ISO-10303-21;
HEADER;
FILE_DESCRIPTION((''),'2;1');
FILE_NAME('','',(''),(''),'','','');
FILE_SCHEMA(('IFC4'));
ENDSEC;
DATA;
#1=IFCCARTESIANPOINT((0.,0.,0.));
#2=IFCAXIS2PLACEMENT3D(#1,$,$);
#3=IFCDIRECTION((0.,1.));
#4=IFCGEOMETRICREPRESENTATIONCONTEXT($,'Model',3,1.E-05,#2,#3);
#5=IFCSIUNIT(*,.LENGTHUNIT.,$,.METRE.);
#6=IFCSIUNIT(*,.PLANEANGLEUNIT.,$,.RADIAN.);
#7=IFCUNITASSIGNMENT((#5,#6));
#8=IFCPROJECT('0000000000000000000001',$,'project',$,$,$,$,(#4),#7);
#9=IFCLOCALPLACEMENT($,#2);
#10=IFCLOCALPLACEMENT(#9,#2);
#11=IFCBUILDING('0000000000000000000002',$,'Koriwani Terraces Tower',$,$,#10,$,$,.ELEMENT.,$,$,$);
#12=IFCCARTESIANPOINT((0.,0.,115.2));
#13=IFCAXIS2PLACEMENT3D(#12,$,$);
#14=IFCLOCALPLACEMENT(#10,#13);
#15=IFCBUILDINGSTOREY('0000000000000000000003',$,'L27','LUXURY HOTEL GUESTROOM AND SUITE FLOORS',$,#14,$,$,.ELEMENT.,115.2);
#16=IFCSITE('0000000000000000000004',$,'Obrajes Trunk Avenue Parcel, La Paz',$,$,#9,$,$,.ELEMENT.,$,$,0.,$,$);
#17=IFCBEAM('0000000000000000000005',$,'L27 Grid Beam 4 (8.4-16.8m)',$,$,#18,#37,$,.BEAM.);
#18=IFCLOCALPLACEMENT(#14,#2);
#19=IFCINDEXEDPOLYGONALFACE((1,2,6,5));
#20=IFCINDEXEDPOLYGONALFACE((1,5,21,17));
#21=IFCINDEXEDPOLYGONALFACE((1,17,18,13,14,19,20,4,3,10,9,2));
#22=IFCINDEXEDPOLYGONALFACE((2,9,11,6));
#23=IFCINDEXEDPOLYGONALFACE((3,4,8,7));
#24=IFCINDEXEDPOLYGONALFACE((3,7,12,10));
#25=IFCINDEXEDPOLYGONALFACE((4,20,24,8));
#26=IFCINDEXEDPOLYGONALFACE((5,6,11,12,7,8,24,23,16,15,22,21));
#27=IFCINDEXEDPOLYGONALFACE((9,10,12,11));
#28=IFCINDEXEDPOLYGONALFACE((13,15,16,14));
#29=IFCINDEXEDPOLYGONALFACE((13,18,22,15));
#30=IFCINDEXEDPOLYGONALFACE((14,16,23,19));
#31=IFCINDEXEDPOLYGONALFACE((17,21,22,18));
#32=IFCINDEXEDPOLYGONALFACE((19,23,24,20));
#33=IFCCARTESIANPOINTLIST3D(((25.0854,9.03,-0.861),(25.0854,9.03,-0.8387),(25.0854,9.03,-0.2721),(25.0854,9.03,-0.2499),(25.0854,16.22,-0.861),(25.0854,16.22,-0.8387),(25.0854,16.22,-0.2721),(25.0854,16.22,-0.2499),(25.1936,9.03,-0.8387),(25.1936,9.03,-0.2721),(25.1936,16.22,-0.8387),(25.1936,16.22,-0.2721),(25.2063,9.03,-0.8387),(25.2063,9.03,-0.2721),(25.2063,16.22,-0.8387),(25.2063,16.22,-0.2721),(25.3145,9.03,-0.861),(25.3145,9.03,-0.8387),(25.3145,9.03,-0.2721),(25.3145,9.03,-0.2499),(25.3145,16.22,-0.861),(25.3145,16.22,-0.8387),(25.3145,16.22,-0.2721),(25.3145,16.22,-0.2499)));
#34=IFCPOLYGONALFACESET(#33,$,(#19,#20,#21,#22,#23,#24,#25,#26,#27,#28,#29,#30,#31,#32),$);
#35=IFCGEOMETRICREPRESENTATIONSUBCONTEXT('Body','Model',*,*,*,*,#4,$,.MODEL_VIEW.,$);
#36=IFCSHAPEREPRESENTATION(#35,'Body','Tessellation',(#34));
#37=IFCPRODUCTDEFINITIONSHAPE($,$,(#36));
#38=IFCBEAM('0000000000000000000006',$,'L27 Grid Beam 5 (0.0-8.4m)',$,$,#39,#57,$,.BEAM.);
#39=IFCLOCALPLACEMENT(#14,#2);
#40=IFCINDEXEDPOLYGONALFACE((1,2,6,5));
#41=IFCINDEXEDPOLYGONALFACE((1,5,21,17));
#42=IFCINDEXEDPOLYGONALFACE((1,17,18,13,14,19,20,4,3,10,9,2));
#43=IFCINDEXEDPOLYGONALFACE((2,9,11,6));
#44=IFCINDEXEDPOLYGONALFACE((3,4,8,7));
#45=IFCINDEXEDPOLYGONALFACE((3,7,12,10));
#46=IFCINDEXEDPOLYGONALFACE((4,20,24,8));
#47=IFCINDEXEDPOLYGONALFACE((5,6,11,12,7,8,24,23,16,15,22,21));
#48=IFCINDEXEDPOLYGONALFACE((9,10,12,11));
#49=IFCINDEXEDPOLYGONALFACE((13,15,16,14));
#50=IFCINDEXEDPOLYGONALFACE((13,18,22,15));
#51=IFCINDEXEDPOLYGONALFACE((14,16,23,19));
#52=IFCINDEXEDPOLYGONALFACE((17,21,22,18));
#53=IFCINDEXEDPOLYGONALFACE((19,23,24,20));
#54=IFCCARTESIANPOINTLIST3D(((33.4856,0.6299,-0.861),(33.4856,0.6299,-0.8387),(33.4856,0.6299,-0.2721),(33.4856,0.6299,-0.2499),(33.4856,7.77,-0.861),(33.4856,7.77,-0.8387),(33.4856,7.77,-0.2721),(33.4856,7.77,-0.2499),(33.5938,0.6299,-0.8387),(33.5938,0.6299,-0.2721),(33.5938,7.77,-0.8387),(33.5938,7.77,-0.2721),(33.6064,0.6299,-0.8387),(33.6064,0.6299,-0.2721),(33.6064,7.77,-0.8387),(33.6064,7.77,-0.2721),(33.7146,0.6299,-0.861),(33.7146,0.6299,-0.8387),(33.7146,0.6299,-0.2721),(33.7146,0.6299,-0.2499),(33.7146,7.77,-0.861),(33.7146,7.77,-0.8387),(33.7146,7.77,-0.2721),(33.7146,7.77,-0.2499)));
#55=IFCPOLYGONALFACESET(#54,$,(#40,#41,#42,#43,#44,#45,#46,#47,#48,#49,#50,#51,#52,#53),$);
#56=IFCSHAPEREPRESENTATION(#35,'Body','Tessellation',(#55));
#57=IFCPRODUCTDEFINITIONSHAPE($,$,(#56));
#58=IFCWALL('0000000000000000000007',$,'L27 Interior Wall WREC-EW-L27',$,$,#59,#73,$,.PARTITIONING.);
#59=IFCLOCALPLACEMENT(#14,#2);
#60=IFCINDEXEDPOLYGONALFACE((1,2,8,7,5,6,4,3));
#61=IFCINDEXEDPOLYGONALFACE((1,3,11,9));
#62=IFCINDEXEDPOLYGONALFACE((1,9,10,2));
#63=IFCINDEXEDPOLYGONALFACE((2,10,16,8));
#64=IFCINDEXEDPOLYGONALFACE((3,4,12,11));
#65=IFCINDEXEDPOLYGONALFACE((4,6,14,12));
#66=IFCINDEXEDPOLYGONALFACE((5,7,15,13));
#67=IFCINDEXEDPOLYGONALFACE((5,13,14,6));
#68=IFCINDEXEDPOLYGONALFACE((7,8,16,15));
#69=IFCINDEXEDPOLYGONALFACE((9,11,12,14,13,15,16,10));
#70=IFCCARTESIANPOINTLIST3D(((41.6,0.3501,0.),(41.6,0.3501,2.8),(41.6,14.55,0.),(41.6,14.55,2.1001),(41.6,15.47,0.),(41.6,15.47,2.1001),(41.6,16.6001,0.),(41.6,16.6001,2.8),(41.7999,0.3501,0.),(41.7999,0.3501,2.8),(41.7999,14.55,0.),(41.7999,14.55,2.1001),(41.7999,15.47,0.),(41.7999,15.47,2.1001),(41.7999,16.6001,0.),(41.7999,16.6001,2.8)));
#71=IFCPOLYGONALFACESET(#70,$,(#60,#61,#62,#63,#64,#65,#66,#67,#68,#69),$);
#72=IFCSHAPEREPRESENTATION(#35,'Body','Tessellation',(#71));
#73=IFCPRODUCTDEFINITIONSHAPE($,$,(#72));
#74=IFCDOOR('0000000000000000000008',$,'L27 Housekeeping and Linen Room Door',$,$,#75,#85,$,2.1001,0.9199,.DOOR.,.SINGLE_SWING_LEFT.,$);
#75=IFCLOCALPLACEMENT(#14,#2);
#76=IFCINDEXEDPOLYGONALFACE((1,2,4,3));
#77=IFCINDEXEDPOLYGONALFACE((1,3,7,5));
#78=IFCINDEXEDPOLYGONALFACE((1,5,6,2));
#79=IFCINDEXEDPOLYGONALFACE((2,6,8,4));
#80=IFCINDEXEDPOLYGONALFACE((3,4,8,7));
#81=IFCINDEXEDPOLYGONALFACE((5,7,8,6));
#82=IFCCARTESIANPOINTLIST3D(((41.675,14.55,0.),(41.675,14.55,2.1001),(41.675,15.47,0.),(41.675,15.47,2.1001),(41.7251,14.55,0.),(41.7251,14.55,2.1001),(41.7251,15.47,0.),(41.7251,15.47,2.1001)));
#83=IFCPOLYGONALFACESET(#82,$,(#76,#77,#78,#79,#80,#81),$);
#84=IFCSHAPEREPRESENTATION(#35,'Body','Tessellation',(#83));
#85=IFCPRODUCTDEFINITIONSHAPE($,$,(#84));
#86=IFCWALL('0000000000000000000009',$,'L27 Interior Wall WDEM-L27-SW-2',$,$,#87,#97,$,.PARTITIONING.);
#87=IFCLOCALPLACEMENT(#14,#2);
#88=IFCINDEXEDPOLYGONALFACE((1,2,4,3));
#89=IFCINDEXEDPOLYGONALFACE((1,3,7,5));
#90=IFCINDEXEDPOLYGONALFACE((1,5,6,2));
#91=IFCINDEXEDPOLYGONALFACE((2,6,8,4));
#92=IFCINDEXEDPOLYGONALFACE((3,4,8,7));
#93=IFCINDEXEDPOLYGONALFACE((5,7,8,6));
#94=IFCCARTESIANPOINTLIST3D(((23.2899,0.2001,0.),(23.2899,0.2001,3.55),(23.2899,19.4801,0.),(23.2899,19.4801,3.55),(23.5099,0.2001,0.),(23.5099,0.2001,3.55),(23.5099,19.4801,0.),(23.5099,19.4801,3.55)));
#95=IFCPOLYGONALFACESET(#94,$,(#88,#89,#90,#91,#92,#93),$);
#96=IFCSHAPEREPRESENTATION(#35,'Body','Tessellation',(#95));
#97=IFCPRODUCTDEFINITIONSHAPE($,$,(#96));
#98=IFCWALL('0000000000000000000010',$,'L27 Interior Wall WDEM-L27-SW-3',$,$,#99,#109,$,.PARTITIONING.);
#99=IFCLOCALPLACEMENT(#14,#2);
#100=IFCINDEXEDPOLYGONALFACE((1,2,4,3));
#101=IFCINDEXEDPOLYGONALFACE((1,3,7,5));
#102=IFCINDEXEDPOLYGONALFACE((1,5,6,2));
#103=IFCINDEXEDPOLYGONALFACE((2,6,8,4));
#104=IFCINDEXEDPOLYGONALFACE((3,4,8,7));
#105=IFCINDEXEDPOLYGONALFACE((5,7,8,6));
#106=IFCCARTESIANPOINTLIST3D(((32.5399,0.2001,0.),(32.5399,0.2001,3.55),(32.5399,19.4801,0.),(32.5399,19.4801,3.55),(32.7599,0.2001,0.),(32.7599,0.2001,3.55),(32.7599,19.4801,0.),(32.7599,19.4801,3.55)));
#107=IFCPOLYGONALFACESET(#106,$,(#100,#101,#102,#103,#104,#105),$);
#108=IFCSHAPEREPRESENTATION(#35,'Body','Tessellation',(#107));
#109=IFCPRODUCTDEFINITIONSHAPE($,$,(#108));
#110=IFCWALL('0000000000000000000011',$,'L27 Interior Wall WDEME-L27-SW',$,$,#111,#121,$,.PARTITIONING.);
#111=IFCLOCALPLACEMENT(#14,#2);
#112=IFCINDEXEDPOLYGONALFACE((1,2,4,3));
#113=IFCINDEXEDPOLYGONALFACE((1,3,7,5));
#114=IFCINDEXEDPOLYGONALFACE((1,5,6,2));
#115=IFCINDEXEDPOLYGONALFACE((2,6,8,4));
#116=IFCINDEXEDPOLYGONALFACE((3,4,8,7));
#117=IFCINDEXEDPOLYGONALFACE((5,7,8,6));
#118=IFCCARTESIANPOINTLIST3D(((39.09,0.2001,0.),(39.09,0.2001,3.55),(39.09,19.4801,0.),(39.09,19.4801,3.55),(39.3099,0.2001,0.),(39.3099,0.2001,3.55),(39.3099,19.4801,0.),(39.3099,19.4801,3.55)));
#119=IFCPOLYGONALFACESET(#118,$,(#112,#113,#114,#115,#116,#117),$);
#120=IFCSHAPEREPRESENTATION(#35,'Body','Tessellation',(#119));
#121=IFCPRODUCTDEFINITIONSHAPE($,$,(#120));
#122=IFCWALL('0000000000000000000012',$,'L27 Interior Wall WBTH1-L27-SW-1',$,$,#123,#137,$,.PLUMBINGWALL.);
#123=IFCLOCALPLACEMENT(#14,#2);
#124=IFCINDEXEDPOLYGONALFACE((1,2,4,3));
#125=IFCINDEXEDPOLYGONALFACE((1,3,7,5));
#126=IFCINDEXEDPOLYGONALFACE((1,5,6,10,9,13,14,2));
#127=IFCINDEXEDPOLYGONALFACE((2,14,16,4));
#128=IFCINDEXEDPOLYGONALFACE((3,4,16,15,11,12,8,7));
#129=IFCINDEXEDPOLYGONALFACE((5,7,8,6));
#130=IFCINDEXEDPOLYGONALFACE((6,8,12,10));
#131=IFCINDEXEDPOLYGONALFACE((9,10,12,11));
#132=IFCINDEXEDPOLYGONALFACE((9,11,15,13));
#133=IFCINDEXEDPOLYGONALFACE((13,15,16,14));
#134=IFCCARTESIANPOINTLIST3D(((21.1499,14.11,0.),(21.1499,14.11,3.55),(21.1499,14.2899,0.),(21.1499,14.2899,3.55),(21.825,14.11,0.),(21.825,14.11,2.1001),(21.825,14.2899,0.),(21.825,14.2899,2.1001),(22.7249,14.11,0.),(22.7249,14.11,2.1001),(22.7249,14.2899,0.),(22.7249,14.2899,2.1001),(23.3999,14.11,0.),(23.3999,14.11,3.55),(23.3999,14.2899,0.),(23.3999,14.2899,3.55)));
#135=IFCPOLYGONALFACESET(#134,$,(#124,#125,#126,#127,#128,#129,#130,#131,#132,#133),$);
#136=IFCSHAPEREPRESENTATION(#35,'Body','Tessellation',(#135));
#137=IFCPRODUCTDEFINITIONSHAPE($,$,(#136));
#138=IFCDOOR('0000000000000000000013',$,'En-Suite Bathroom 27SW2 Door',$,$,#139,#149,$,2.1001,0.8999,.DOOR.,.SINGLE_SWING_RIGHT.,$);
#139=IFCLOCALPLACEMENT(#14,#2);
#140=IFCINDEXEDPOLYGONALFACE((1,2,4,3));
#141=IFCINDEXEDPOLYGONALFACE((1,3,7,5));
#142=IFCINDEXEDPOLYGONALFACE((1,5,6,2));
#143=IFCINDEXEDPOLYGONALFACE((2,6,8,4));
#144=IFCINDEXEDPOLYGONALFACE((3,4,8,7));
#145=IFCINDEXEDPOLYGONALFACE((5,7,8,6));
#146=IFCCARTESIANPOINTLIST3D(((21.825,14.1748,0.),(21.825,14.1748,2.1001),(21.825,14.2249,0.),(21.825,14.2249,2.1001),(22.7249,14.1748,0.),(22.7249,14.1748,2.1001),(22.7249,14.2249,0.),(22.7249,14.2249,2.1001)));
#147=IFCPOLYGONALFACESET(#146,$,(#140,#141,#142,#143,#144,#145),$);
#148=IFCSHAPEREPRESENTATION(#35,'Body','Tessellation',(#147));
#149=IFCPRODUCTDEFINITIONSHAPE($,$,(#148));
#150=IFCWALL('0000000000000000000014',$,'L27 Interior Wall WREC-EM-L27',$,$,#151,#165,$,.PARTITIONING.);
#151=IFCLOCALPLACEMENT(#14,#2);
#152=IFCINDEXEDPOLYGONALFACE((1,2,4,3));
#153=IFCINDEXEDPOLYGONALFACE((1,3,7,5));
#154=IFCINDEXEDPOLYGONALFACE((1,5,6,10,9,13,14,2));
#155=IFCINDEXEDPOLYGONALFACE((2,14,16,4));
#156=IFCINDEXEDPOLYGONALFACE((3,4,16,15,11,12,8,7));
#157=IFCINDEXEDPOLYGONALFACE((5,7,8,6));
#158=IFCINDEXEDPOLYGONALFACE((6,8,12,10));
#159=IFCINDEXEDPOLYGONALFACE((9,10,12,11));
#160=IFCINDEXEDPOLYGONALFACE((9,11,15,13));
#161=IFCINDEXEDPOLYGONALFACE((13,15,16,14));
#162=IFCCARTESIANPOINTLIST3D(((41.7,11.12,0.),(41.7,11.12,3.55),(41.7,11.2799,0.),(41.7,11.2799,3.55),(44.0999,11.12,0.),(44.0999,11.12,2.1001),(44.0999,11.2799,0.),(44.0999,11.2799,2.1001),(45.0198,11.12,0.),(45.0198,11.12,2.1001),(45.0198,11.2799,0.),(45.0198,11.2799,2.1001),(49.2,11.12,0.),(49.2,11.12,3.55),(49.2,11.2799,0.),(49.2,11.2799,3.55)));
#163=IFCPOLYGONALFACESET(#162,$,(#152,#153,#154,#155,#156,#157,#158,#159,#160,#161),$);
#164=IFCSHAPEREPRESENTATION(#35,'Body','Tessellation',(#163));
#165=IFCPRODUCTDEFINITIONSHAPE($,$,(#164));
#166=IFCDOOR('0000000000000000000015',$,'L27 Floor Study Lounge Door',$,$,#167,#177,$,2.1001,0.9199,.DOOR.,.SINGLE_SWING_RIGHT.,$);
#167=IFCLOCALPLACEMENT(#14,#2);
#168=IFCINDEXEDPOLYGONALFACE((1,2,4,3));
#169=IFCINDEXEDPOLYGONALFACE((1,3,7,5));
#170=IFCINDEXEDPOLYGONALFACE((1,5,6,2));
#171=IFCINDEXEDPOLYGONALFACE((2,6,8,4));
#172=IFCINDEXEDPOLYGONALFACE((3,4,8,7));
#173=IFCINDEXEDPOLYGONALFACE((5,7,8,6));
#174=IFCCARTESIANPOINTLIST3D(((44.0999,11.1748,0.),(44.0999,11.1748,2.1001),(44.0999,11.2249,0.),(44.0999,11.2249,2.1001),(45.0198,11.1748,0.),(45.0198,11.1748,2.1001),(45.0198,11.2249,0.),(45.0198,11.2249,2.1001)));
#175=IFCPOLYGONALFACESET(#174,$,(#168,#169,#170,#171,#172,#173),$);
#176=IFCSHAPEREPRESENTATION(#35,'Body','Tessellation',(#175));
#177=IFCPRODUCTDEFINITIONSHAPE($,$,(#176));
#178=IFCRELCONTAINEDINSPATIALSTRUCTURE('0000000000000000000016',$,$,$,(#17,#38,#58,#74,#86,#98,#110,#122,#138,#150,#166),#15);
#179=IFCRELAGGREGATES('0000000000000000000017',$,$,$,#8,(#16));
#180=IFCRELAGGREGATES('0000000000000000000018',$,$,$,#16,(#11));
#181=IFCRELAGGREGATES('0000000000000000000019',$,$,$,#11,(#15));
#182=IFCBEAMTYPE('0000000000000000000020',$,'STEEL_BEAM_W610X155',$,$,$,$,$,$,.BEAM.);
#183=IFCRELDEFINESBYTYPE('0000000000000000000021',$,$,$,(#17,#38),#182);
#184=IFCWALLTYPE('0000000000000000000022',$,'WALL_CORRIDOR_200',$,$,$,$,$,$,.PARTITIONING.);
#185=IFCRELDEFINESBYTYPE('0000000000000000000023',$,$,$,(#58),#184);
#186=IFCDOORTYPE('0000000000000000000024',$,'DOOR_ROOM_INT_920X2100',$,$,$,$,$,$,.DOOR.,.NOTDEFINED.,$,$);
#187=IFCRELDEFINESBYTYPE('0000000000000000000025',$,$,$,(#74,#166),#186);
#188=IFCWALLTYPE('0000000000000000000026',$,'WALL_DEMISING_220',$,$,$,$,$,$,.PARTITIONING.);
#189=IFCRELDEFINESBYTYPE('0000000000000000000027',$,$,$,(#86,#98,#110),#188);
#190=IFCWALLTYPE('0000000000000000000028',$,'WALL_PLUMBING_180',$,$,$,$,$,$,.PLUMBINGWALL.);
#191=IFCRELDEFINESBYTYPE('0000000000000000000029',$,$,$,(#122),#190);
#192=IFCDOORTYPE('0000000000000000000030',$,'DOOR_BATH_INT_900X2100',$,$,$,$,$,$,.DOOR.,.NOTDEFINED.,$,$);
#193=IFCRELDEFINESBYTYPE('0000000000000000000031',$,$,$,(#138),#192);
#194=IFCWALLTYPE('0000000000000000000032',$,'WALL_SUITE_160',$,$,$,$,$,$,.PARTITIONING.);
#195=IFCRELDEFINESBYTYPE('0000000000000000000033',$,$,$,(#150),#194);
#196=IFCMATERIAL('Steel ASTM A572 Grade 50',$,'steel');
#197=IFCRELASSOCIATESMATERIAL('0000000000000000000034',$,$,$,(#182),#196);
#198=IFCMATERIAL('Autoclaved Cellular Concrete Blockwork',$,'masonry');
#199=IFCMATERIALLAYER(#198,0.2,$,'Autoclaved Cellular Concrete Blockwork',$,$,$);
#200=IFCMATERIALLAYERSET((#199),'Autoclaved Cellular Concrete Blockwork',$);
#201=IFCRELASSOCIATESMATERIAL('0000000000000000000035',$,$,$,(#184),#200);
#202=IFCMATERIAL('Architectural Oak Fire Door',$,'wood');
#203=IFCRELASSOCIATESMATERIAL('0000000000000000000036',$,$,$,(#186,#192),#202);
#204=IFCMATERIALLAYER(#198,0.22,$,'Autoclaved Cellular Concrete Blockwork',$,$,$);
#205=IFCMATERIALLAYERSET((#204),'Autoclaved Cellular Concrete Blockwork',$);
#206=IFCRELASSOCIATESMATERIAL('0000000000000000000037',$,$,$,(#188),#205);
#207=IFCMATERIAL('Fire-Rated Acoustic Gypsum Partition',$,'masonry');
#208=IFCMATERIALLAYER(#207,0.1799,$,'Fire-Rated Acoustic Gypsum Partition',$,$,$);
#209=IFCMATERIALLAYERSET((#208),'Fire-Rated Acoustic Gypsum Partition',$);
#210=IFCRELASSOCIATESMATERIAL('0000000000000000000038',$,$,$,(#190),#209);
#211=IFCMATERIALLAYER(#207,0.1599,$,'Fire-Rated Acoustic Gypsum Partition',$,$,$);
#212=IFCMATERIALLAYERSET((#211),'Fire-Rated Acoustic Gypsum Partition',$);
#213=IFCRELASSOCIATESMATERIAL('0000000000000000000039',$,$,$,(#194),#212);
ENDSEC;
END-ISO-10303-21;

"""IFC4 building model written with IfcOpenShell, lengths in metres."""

from ifc_helpers import new_model, si_unit, direction, frame, frame_2d, origin, origin_2d, place, context, subcontext, project, spatial, rectangle, i_section, extrude, material, layer, layer_set, material_profile, profile_set, type_object, element, fill, save


model = new_model("IFC4")

# Units and contexts
model_context = context("Model", 3, precision=1e-05, world=origin(), true_north=direction((0.0, 1.0)))
body_context = subcontext(model_context, "Body", "Model", "MODEL_VIEW")
ifc_project = project(units=[si_unit("LENGTHUNIT", "METRE"), si_unit("PLANEANGLEUNIT", "RADIAN")], contexts=[model_context])

# Site, building, storey
site_placement = place(None, origin())
site = spatial("IfcSite", under=ifc_project, at=site_placement, Name="Obrajes Trunk Avenue Parcel, La Paz", CompositionType="ELEMENT", RefElevation=0.0)
building_placement = place(site_placement, origin())
building = spatial("IfcBuilding", under=site, at=building_placement, Name="Koriwani Terraces Tower", CompositionType="ELEMENT")
storey_placement = place(building_placement, frame((0.0, 0.0, 115.2)))
storey = spatial("IfcBuildingStorey", under=building, at=storey_placement, Name="L27", Description="LUXURY HOTEL GUESTROOM AND SUITE FLOORS", CompositionType="ELEMENT", Elevation=115.2)

# Beams
ifc_material_1 = material(Name="Steel ASTM A572 Grade 50", Category="steel")
ifc_material_profile_1 = material_profile(ifc_material_1, i_section(OverallWidth=0.229, OverallDepth=0.6111, WebThickness=0.0127, FlangeThickness=0.0222, at=origin_2d()), Name="Steel ASTM A572 Grade 50", Category="LoadBearing")
ifc_profile_set_1 = profile_set([ifc_material_profile_1], Name="Steel ASTM A572 Grade 50")
beam_type_1 = type_object("IfcBeamType", Name="STEEL_BEAM_W610X155", PredefinedType="BEAM", material=ifc_profile_set_1)
beam_1_placement = place(storey_placement, frame((25.2, 9.03, -0.5554), z_axis=(0.0, 1.0, 0.0), x_axis=(-1.0, 0.0, 0.0)))
element("IfcBeam", 1, at=beam_1_placement, inside=storey, type_object=beam_type_1, Name="L27 Grid Beam 4 (8.4-16.8m)", PredefinedType="BEAM", context=body_context, shape_type="SweptSolid", body=[
    extrude(i_section(OverallWidth=0.229, OverallDepth=0.6111, WebThickness=0.0127, FlangeThickness=0.0222, at=origin_2d()), origin(), (0.0, 0.0, 1.0), 7.1899),
])
beam_2_placement = place(storey_placement, frame((33.6001, 0.6299, -0.5554), z_axis=(0.0, 1.0, 0.0), x_axis=(-1.0, 0.0, 0.0)))
element("IfcBeam", 2, at=beam_2_placement, inside=storey, type_object=beam_type_1, Name="L27 Grid Beam 5 (0.0-8.4m)", PredefinedType="BEAM", context=body_context, shape_type="SweptSolid", body=[
    extrude(i_section(OverallWidth=0.229, OverallDepth=0.6111, WebThickness=0.0127, FlangeThickness=0.0222, at=origin_2d()), origin(), (0.0, 0.0, 1.0), 7.1401),
])

# Wall, opening, door
ifc_material_2 = material(Name="Autoclaved Cellular Concrete Blockwork", Category="masonry")
ifc_layer_1 = layer(ifc_material_2, 0.2, Name="Autoclaved Cellular Concrete Blockwork")
ifc_layer_set_1 = layer_set([ifc_layer_1], Name="Autoclaved Cellular Concrete Blockwork")
wall_type_1 = type_object("IfcWallType", Name="WALL_CORRIDOR_200", PredefinedType="PARTITIONING", material=ifc_layer_set_1)
wall_1_placement = place(storey_placement, frame((41.7, 0.3501, 0.0), z_axis=(0.0, 0.0, 1.0), x_axis=(0.0, 1.0, 0.0)))
wall_1 = element("IfcWall", 3, at=wall_1_placement, inside=storey, type_object=wall_type_1, Name="L27 Interior Wall WREC-EW-L27", PredefinedType="PARTITIONING", context=body_context, shape_type="SweptSolid", body=[
    extrude(rectangle(XDim=16.25, YDim=0.2, at=frame_2d((8.125, 0.0))), origin(), (0.0, 0.0, 1.0), 2.8),
])
opening_1_placement = place(wall_1_placement, frame((14.2, 0.0, 0.0)))
opening_1 = element("IfcOpeningElement", 4, at=opening_1_placement, cuts=wall_1, PredefinedType="OPENING", context=body_context, shape_type="SweptSolid", body=[
    extrude(rectangle(XDim=0.9199, YDim=2.1001, at=frame_2d((0.46, 1.05))), frame((0.0, 0.1099, 0.0), z_axis=(0.0, -1.0, 0.0), x_axis=(1.0, 0.0, 0.0)), (0.0, 0.0, 1.0), 0.22),
])
ifc_material_3 = material(Name="Architectural Oak Fire Door", Category="wood")
door_type_1 = type_object("IfcDoorType", Name="DOOR_ROOM_INT_920X2100", OperationType="NOTDEFINED", PredefinedType="DOOR", material=ifc_material_3)
door_1_placement = place(opening_1_placement, origin())
door_1 = element("IfcDoor", 5, at=door_1_placement, inside=storey, type_object=door_type_1, Name="L27 Housekeeping and Linen Room Door", OperationType="SINGLE_SWING_LEFT", OverallHeight=2.1001, OverallWidth=0.9199, PredefinedType="DOOR", context=body_context, shape_type="SweptSolid", body=[
    extrude(rectangle(XDim=0.9199, YDim=2.1001, at=frame_2d((0.46, 1.05))), frame((0.0, 0.0249, 0.0), z_axis=(0.0, -1.0, 0.0), x_axis=(1.0, 0.0, 0.0)), (0.0, 0.0, 1.0), 0.05),
])
fill(opening_1, door_1)

# Walls
ifc_layer_2 = layer(ifc_material_2, 0.22, Name="Autoclaved Cellular Concrete Blockwork")
ifc_layer_set_2 = layer_set([ifc_layer_2], Name="Autoclaved Cellular Concrete Blockwork")
wall_type_2 = type_object("IfcWallType", Name="WALL_DEMISING_220", PredefinedType="PARTITIONING", material=ifc_layer_set_2)
for number, where, z_axis, x_axis, name in (
    (6, (23.3999, 0.2, 0.0), (0.0, 0.0, 1.0), (0.0, 1.0, 0.0), "L27 Interior Wall WDEM-L27-SW-2"),
    (7, (32.6499, 0.2, 0.0), (0.0, 0.0, 1.0), (0.0, 1.0, 0.0), "L27 Interior Wall WDEM-L27-SW-3"),
    (8, (39.2, 0.2, 0.0), (0.0, 0.0, 1.0), (0.0, 1.0, 0.0), "L27 Interior Wall WDEME-L27-SW"),
):
    element("IfcWall", number, at=place(storey_placement, frame(where, z_axis=z_axis, x_axis=x_axis)), inside=storey, type_object=wall_type_2, Name=name, PredefinedType="PARTITIONING", context=body_context, shape_type="SweptSolid", body=[
        extrude(rectangle(XDim=19.28, YDim=0.22, at=frame_2d((9.6401, 0.0))), origin(), (0.0, 0.0, 1.0), 3.55),
    ])

# Walls, openings, doors
ifc_material_4 = material(Name="Fire-Rated Acoustic Gypsum Partition", Category="masonry")
ifc_layer_3 = layer(ifc_material_4, 0.1799, Name="Fire-Rated Acoustic Gypsum Partition")
ifc_layer_set_3 = layer_set([ifc_layer_3], Name="Fire-Rated Acoustic Gypsum Partition")
wall_type_3 = type_object("IfcWallType", Name="WALL_PLUMBING_180", PredefinedType="PLUMBINGWALL", material=ifc_layer_set_3)
wall_2_placement = place(storey_placement, frame((21.1499, 14.2, 0.0), z_axis=(0.0, 0.0, 1.0), x_axis=(1.0, 0.0, 0.0)))
wall_2 = element("IfcWall", 9, at=wall_2_placement, inside=storey, type_object=wall_type_3, Name="L27 Interior Wall WBTH1-L27-SW-1", PredefinedType="PLUMBINGWALL", context=body_context, shape_type="SweptSolid", body=[
    extrude(rectangle(XDim=2.25, YDim=0.1799, at=frame_2d((1.125, 0.0))), origin(), (0.0, 0.0, 1.0), 3.55),
])
opening_2_placement = place(wall_2_placement, frame((0.675, 0.0, 0.0)))
opening_2 = element("IfcOpeningElement", 10, at=opening_2_placement, cuts=wall_2, PredefinedType="OPENING", context=body_context, shape_type="SweptSolid", body=[
    extrude(rectangle(XDim=0.8999, YDim=2.1001, at=frame_2d((0.45, 1.05))), frame((0.0, 0.1001, 0.0), z_axis=(0.0, -1.0, 0.0), x_axis=(1.0, 0.0, 0.0)), (0.0, 0.0, 1.0), 0.2),
])
door_type_2 = type_object("IfcDoorType", Name="DOOR_BATH_INT_900X2100", OperationType="NOTDEFINED", PredefinedType="DOOR", material=ifc_material_3)
door_2_placement = place(opening_2_placement, origin())
door_2 = element("IfcDoor", 11, at=door_2_placement, inside=storey, type_object=door_type_2, Name="En-Suite Bathroom 27SW2 Door", OperationType="SINGLE_SWING_RIGHT", OverallHeight=2.1001, OverallWidth=0.8999, PredefinedType="DOOR", context=body_context, shape_type="SweptSolid", body=[
    extrude(rectangle(XDim=0.8999, YDim=2.1001, at=frame_2d((0.45, 1.05))), frame((0.0, 0.0249, 0.0), z_axis=(0.0, -1.0, 0.0), x_axis=(1.0, 0.0, 0.0)), (0.0, 0.0, 1.0), 0.05),
])
fill(opening_2, door_2)
ifc_layer_4 = layer(ifc_material_4, 0.1599, Name="Fire-Rated Acoustic Gypsum Partition")
ifc_layer_set_4 = layer_set([ifc_layer_4], Name="Fire-Rated Acoustic Gypsum Partition")
wall_type_4 = type_object("IfcWallType", Name="WALL_SUITE_160", PredefinedType="PARTITIONING", material=ifc_layer_set_4)
wall_3_placement = place(storey_placement, frame((41.7, 11.2, 0.0), z_axis=(0.0, 0.0, 1.0), x_axis=(1.0, 0.0, 0.0)))
wall_3 = element("IfcWall", 12, at=wall_3_placement, inside=storey, type_object=wall_type_4, Name="L27 Interior Wall WREC-EM-L27", PredefinedType="PARTITIONING", context=body_context, shape_type="SweptSolid", body=[
    extrude(rectangle(XDim=7.5, YDim=0.1599, at=frame_2d((3.75, 0.0))), origin(), (0.0, 0.0, 1.0), 3.55),
])
opening_3_placement = place(wall_3_placement, frame((2.3999, 0.0, 0.0)))
opening_3 = element("IfcOpeningElement", 13, at=opening_3_placement, cuts=wall_3, PredefinedType="OPENING", context=body_context, shape_type="SweptSolid", body=[
    extrude(rectangle(XDim=0.9199, YDim=2.1001, at=frame_2d((0.46, 1.05))), frame((0.0, 0.0898, 0.0), z_axis=(0.0, -1.0, 0.0), x_axis=(1.0, 0.0, 0.0)), (0.0, 0.0, 1.0), 0.1799),
])
door_3_placement = place(opening_3_placement, origin())
door_3 = element("IfcDoor", 14, at=door_3_placement, inside=storey, type_object=door_type_1, Name="L27 Floor Study Lounge Door", OperationType="SINGLE_SWING_RIGHT", OverallHeight=2.1001, OverallWidth=0.9199, PredefinedType="DOOR", context=body_context, shape_type="SweptSolid", body=[
    extrude(rectangle(XDim=0.9199, YDim=2.1001, at=frame_2d((0.46, 1.05))), frame((0.0, 0.0249, 0.0), z_axis=(0.0, -1.0, 0.0), x_axis=(1.0, 0.0, 0.0)), (0.0, 0.0, 1.0), 0.05),
])
fill(opening_3, door_3)

save(model, "model.ifc")
